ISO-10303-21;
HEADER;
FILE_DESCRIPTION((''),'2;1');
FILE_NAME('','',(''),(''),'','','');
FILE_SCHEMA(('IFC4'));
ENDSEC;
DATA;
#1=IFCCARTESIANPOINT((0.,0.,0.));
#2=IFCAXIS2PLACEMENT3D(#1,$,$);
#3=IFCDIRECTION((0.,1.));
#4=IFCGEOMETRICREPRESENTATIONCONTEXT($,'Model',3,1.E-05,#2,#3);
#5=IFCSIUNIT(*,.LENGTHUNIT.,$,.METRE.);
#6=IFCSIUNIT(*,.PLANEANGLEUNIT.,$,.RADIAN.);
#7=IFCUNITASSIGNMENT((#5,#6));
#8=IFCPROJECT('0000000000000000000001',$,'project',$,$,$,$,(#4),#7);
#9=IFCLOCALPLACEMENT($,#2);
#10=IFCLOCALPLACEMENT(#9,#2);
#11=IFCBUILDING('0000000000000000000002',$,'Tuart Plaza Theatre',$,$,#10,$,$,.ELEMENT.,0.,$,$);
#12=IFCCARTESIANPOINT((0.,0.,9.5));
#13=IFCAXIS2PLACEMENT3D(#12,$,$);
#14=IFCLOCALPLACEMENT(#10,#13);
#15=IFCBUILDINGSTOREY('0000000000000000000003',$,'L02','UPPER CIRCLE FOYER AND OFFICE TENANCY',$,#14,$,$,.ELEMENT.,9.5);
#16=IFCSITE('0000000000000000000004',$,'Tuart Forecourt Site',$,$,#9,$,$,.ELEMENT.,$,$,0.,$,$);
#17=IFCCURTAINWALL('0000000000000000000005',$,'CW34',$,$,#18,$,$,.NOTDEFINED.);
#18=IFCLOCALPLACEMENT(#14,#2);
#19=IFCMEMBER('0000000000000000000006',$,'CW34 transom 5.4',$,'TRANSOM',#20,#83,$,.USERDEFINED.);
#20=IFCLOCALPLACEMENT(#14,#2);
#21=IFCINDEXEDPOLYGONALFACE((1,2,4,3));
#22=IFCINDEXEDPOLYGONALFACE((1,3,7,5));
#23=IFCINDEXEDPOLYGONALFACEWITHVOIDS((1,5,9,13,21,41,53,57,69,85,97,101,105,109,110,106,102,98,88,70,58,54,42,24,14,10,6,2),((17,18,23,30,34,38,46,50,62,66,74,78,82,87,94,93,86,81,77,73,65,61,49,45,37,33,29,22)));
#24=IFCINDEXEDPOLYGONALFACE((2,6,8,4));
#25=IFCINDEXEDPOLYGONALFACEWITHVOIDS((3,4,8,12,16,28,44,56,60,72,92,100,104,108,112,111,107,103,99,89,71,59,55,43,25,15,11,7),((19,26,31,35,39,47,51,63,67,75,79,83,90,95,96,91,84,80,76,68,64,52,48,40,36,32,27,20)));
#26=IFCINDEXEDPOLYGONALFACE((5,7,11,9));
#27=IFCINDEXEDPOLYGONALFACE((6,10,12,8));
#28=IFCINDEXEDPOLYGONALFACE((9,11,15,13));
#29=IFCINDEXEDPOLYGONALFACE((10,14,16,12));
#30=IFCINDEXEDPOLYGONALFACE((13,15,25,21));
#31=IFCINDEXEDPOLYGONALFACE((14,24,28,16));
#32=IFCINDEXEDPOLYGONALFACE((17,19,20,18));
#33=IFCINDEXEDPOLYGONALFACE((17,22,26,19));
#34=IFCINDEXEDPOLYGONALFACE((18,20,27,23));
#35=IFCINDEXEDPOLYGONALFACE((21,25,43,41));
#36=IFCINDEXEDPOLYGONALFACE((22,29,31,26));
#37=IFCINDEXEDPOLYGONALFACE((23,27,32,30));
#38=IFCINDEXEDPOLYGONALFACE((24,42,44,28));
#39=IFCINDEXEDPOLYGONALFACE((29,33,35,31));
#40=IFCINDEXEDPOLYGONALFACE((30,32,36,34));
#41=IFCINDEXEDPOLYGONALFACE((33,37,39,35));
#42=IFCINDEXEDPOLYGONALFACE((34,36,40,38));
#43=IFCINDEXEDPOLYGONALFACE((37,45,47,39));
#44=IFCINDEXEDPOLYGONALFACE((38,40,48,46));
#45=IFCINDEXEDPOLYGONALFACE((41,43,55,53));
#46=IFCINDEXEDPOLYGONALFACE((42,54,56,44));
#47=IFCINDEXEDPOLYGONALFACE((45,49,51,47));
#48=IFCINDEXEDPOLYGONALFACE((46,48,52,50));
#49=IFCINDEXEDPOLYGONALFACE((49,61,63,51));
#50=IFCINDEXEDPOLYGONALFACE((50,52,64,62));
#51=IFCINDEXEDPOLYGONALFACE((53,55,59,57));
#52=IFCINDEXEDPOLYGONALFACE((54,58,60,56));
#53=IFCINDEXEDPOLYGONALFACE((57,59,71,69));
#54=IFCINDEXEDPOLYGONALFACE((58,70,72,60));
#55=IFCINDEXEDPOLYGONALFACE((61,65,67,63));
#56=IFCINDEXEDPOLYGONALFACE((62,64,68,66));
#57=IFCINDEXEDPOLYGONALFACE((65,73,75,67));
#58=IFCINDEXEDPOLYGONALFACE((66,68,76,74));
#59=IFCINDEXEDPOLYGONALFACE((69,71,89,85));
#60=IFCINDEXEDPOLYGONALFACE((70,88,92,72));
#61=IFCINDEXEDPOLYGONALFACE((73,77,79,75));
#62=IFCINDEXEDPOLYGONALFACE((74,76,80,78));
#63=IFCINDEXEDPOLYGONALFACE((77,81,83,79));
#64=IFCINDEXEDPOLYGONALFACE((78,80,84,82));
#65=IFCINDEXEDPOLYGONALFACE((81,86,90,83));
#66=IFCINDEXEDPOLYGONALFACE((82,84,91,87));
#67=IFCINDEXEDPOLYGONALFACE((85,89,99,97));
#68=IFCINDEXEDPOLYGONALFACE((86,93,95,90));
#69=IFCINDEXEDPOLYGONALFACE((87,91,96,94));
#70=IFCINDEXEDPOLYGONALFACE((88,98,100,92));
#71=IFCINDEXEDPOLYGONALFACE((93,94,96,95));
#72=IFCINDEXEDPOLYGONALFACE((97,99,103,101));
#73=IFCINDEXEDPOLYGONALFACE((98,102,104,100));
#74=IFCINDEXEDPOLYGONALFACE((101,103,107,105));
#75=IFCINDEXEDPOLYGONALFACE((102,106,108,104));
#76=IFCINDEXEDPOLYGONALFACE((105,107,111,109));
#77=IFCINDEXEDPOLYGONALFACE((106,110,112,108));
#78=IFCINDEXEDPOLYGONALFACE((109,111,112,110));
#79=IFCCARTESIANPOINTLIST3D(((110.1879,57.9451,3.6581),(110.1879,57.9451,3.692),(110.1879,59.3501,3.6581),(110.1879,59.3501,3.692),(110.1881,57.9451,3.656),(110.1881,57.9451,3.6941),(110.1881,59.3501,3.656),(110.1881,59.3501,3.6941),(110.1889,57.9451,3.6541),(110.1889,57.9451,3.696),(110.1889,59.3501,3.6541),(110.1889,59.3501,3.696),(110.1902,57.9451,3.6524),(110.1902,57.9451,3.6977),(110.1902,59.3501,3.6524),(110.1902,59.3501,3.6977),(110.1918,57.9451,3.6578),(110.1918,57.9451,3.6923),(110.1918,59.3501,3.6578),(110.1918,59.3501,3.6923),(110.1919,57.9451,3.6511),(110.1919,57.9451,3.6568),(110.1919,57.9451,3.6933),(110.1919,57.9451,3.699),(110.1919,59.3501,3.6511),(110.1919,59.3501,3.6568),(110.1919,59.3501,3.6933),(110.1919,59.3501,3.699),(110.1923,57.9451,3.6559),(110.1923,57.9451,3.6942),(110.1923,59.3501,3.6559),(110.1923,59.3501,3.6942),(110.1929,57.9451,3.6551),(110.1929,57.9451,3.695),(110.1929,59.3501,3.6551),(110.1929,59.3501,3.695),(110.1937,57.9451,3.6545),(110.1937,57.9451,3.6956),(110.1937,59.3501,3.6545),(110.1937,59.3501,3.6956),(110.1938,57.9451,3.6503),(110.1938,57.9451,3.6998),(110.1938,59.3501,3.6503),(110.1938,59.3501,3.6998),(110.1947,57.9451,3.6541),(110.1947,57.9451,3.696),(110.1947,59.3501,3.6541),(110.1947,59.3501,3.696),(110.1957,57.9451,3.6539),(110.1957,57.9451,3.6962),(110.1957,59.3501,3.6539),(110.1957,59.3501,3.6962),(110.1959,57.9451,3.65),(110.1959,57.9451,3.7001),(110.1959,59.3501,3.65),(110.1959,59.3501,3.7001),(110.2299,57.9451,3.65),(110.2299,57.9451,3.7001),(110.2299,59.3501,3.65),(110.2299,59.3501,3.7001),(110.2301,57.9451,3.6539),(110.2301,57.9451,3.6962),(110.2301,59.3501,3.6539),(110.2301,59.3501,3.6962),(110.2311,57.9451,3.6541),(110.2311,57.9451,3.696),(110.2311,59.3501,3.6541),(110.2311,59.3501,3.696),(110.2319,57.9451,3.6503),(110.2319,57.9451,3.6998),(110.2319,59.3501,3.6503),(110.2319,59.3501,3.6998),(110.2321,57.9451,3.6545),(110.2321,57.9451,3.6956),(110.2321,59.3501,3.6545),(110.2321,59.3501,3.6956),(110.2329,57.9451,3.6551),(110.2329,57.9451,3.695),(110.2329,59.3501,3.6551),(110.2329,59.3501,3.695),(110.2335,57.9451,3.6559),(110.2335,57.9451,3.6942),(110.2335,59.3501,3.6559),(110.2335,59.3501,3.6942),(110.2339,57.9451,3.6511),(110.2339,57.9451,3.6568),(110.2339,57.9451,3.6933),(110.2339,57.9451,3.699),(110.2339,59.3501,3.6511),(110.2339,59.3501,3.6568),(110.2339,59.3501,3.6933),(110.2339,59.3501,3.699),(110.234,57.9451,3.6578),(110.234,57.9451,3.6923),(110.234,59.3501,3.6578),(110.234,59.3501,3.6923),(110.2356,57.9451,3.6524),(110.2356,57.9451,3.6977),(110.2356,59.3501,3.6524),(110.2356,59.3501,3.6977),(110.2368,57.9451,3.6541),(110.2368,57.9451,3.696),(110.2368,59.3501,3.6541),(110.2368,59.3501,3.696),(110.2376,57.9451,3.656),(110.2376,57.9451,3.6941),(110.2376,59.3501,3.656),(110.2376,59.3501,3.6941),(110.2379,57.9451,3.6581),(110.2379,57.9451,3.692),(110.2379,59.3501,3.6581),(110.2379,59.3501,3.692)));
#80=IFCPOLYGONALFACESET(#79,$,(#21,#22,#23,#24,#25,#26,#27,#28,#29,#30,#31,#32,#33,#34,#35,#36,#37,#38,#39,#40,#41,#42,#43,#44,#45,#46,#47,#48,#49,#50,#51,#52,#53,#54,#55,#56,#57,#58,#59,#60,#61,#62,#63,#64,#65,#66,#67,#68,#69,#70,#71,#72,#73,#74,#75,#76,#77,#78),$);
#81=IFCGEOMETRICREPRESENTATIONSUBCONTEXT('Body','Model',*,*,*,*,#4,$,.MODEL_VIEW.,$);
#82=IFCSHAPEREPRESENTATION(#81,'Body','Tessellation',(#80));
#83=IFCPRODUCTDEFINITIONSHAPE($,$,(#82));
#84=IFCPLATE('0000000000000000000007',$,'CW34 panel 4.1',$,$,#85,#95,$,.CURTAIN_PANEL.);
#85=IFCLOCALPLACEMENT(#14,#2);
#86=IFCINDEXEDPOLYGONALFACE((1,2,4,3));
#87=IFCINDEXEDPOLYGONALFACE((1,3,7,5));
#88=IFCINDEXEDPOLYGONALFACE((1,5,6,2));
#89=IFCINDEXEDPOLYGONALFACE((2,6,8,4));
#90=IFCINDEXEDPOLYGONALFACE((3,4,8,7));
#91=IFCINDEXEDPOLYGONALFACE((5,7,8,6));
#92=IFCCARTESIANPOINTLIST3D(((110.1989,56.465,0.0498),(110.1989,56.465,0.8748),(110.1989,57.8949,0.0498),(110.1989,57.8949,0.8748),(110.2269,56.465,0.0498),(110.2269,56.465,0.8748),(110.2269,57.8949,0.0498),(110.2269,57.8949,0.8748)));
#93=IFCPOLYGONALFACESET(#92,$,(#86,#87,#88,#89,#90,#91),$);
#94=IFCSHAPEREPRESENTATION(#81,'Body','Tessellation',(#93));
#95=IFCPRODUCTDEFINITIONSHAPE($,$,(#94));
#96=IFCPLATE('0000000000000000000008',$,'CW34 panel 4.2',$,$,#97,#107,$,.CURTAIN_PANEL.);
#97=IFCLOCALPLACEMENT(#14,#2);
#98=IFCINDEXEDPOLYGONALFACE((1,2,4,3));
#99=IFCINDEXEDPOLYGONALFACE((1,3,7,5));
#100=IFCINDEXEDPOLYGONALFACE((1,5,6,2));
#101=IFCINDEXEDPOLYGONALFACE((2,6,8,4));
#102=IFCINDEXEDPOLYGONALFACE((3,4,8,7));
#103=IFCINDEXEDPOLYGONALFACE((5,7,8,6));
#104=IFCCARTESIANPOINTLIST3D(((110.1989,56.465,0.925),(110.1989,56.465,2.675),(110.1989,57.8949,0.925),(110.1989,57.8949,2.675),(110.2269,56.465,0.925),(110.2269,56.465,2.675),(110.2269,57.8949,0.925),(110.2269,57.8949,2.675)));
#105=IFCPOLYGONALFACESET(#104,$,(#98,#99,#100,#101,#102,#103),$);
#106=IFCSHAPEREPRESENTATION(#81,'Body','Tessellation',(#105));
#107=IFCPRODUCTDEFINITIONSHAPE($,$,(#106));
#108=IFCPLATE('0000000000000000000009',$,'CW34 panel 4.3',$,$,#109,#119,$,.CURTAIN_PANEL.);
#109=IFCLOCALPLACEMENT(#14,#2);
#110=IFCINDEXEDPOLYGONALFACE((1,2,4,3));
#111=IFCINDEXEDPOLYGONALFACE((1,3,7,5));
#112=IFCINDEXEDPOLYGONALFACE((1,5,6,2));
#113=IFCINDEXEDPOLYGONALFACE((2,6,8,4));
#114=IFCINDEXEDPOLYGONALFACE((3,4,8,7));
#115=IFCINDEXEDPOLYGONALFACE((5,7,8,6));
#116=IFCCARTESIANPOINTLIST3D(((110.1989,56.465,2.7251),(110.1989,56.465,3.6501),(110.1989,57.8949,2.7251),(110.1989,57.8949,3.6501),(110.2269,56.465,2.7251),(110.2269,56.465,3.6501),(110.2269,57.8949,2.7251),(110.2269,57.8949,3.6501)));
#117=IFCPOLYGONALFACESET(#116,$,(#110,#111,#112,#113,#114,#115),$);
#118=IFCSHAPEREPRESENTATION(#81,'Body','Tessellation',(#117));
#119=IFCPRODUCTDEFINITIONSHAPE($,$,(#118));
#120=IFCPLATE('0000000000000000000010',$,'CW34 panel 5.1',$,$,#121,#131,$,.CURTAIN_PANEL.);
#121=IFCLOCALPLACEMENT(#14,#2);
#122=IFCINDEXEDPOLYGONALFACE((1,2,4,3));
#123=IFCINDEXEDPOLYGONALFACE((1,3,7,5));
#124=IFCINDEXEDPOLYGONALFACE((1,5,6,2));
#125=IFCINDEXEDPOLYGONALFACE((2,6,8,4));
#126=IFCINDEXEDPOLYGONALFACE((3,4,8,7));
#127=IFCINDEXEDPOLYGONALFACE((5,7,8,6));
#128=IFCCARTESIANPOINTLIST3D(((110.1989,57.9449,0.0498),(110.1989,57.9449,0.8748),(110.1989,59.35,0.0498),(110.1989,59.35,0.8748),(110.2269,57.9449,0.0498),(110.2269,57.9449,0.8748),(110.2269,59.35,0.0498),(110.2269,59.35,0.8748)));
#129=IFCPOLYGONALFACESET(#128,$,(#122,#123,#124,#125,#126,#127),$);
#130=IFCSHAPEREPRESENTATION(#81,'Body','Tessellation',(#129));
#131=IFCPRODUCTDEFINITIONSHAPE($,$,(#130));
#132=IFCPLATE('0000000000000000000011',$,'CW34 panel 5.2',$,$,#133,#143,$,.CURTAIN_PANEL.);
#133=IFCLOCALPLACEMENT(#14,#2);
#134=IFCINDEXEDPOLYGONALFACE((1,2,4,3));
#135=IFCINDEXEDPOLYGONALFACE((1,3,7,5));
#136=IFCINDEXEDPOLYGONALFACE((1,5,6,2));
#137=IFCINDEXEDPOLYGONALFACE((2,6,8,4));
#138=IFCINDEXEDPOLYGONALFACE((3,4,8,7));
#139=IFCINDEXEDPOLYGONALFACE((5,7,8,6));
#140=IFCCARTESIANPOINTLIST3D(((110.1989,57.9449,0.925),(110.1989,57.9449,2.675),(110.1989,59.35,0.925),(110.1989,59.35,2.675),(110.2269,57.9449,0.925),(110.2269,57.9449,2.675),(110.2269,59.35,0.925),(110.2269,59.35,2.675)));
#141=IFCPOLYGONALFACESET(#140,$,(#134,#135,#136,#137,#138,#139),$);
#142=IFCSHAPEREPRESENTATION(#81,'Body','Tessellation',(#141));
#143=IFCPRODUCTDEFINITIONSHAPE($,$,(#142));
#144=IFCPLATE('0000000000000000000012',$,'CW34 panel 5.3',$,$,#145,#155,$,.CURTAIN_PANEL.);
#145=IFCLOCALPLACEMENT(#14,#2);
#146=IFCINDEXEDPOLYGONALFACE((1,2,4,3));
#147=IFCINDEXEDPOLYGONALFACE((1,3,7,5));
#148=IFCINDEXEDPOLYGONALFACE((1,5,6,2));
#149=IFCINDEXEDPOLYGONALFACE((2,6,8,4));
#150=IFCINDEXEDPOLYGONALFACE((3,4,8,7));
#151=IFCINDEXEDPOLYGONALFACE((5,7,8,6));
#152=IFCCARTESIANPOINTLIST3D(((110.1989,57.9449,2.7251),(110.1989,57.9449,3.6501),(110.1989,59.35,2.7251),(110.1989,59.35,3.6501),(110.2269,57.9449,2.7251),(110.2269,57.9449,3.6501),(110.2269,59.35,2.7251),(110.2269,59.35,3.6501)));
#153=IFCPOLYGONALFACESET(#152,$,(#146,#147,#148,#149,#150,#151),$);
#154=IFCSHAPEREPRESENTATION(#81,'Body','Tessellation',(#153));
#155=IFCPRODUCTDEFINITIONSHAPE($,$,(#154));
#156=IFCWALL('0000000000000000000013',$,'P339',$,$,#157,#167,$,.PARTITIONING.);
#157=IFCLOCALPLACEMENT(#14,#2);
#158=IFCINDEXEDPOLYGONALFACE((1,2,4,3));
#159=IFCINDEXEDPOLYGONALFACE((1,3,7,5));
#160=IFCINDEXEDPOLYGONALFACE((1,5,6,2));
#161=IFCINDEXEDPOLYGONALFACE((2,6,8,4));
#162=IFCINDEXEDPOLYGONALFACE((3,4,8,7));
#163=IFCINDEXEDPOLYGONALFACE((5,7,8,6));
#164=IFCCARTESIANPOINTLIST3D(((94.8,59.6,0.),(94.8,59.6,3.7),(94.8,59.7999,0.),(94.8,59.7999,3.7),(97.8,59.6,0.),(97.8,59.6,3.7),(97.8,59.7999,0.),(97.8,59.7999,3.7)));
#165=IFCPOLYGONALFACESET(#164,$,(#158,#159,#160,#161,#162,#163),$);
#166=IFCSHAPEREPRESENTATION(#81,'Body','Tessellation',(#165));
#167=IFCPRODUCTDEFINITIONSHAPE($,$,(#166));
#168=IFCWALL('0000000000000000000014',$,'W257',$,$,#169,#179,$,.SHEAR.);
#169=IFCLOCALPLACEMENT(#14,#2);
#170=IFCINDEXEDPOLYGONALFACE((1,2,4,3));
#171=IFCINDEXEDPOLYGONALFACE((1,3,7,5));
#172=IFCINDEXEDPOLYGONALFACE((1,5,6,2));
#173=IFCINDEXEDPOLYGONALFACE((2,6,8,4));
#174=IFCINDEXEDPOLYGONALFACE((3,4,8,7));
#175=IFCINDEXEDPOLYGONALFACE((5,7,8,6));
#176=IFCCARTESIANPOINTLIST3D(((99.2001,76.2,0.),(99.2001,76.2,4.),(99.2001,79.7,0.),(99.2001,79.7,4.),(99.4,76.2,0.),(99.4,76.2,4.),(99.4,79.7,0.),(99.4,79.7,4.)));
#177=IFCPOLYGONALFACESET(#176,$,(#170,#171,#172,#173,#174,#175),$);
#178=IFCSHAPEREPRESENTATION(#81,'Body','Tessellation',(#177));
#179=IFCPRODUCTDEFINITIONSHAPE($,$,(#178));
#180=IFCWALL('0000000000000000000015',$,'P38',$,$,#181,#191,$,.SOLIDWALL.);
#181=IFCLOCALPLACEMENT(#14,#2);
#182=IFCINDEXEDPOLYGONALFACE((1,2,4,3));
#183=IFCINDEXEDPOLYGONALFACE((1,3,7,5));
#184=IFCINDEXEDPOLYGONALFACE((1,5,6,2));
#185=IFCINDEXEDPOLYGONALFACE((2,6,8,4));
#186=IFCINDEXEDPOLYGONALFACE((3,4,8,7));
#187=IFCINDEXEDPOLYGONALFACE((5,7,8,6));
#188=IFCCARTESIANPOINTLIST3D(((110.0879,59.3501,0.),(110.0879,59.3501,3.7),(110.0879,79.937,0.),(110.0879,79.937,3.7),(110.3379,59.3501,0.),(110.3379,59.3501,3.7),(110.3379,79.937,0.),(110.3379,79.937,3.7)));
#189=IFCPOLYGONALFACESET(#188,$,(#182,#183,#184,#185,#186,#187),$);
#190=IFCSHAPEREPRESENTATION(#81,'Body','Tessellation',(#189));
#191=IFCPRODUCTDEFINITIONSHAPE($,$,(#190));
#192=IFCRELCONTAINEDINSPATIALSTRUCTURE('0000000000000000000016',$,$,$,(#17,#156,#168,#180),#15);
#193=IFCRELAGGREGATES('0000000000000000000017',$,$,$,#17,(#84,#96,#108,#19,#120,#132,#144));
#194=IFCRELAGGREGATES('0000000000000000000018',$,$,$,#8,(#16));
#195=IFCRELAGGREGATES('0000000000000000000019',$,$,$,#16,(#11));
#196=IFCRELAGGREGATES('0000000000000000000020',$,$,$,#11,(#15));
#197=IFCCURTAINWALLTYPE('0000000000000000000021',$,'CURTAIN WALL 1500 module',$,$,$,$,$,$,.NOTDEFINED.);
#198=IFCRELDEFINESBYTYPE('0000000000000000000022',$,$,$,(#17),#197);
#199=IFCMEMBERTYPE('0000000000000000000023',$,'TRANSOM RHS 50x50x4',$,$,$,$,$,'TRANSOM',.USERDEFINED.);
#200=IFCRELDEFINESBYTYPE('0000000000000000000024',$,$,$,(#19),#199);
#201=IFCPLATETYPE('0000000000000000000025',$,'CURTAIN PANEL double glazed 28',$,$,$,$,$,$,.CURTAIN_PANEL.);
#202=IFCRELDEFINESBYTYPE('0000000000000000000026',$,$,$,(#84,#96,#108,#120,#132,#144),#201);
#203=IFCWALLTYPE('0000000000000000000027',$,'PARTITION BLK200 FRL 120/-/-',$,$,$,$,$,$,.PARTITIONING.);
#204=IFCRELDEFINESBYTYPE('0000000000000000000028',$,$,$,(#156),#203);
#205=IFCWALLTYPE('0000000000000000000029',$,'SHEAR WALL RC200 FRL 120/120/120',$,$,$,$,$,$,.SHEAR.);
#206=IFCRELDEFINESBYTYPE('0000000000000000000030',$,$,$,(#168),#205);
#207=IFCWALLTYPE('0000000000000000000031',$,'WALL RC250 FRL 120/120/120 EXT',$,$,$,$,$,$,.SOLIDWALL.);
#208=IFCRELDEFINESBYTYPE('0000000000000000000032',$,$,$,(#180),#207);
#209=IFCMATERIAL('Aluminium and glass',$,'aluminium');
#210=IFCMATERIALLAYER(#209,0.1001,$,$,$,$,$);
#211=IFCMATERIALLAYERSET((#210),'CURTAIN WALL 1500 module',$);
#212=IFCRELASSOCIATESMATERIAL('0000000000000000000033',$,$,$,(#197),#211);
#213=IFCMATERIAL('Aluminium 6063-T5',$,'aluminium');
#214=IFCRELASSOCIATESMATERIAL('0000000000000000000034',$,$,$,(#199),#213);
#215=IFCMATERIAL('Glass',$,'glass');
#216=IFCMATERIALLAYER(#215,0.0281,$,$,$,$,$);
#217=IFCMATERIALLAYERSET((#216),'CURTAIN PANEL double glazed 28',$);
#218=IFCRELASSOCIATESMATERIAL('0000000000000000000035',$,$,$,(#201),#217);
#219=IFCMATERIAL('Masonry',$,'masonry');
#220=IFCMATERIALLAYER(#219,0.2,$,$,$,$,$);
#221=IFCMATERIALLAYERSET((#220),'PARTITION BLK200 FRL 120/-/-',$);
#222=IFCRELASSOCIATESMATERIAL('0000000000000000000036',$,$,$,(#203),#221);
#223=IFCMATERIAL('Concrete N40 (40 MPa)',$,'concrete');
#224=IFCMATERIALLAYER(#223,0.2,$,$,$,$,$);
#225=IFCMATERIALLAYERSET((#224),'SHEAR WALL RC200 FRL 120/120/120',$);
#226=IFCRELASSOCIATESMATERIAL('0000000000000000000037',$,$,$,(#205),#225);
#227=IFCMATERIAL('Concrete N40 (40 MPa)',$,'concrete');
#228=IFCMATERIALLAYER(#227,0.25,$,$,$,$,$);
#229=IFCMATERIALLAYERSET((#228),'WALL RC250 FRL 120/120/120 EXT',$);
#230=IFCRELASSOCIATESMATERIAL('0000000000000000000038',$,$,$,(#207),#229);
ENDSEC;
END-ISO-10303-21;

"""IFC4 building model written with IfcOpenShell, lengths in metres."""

from ifc_helpers import new_model, si_unit, direction, frame, frame_2d, origin, origin_2d, place, context, subcontext, project, spatial, rectangle, hollow_rectangle, extrude, material, layer, layer_set, material_profile, profile_set, type_object, element, aggregate, save


model = new_model("IFC4")

# Units and contexts
model_context = context("Model", 3, precision=1e-05, world=origin(), true_north=direction((0.0, 1.0)))
body_context = subcontext(model_context, "Body", "Model", "MODEL_VIEW")
ifc_project = project(units=[si_unit("LENGTHUNIT", "METRE"), si_unit("PLANEANGLEUNIT", "RADIAN")], contexts=[model_context])

# Site, building, storey
site_placement = place(None, origin())
site = spatial("IfcSite", under=ifc_project, at=site_placement, Name="Tuart Forecourt Site", CompositionType="ELEMENT", RefElevation=0.0)
building_placement = place(site_placement, origin())
building = spatial("IfcBuilding", under=site, at=building_placement, Name="Tuart Plaza Theatre", CompositionType="ELEMENT", ElevationOfRefHeight=0.0)
storey_placement = place(building_placement, frame((0.0, 0.0, 9.5)))
storey = spatial("IfcBuildingStorey", under=building, at=storey_placement, Name="L02", Description="UPPER CIRCLE FOYER AND OFFICE TENANCY", CompositionType="ELEMENT", Elevation=9.5)

# Curtain wall, member, plates
ifc_material_1 = material(Name="Aluminium and glass", Category="aluminium")
ifc_layer_1 = layer(ifc_material_1, 0.1001)
ifc_layer_set_1 = layer_set([ifc_layer_1], Name="CURTAIN WALL 1500 module")
curtain_wall_type = type_object("IfcCurtainWallType", Name="CURTAIN WALL 1500 module", PredefinedType="NOTDEFINED", material=ifc_layer_set_1)
curtain_wall_placement = place(storey_placement, origin())
curtain_wall = element("IfcCurtainWall", 1, at=curtain_wall_placement, inside=storey, type_object=curtain_wall_type, Name="CW34", PredefinedType="NOTDEFINED")
ifc_material_2 = material(Name="Aluminium 6063-T5", Category="aluminium")
ifc_material_profile_1 = material_profile(ifc_material_2, hollow_rectangle(XDim=0.05, YDim=0.05, WallThickness=0.0039, InnerFilletRadius=0.0039, OuterFilletRadius=0.0081, at=origin_2d()), Name="RHS 50x50x4")
ifc_profile_set_1 = profile_set([ifc_material_profile_1], Name="Aluminium 6063-T5")
member_type_1 = type_object("IfcMemberType", Name="TRANSOM RHS 50x50x4", ElementType="TRANSOM", PredefinedType="USERDEFINED", material=ifc_profile_set_1)
member_1_placement = place(storey_placement, frame((110.2129, 57.9451, 3.675), z_axis=(0.0, 1.0, 0.0), x_axis=(-1.0, 0.0, 0.0)))
member_1 = element("IfcMember", 2, at=member_1_placement, type_object=member_type_1, Name="CW34 transom 5.4", ObjectType="TRANSOM", PredefinedType="USERDEFINED", context=body_context, shape_type="SweptSolid", body=[
    extrude(hollow_rectangle(XDim=0.05, YDim=0.05, WallThickness=0.0039, InnerFilletRadius=0.0039, OuterFilletRadius=0.0081, at=origin_2d()), origin(), (0.0, 0.0, 1.0), 1.405),
])
ifc_material_3 = material(Name="Glass", Category="glass")
ifc_layer_2 = layer(ifc_material_3, 0.0281)
ifc_layer_set_2 = layer_set([ifc_layer_2], Name="CURTAIN PANEL double glazed 28")
plate_type = type_object("IfcPlateType", Name="CURTAIN PANEL double glazed 28", PredefinedType="CURTAIN_PANEL", material=ifc_layer_set_2)
plate_1_placement = place(storey_placement, frame((110.2129, 57.1799, 0.0498), z_axis=(0.0, 0.0, 1.0), x_axis=(0.0, 1.0, 0.0)))
plate_1 = element("IfcPlate", 3, at=plate_1_placement, type_object=plate_type, Name="CW34 panel 4.1", PredefinedType="CURTAIN_PANEL", context=body_context, shape_type="SweptSolid", body=[
    extrude(rectangle(XDim=1.4299, YDim=0.0281, at=origin_2d()), origin(), (0.0, 0.0, 1.0), 0.825),
])
plate_2_placement = place(storey_placement, frame((110.2129, 57.1799, 0.925), z_axis=(0.0, 0.0, 1.0), x_axis=(0.0, 1.0, 0.0)))
plate_2 = element("IfcPlate", 4, at=plate_2_placement, type_object=plate_type, Name="CW34 panel 4.2", PredefinedType="CURTAIN_PANEL", context=body_context, shape_type="SweptSolid", body=[
    extrude(rectangle(XDim=1.4299, YDim=0.0281, at=origin_2d()), origin(), (0.0, 0.0, 1.0), 1.75),
])
plate_3_placement = place(storey_placement, frame((110.2129, 57.1799, 2.7251), z_axis=(0.0, 0.0, 1.0), x_axis=(0.0, 1.0, 0.0)))
plate_3 = element("IfcPlate", 5, at=plate_3_placement, type_object=plate_type, Name="CW34 panel 4.3", PredefinedType="CURTAIN_PANEL", context=body_context, shape_type="SweptSolid", body=[
    extrude(rectangle(XDim=1.4299, YDim=0.0281, at=origin_2d()), origin(), (0.0, 0.0, 1.0), 0.925),
])
plate_4_placement = place(storey_placement, frame((110.2129, 58.6475, 0.0498), z_axis=(0.0, 0.0, 1.0), x_axis=(0.0, 1.0, 0.0)))
plate_4 = element("IfcPlate", 6, at=plate_4_placement, type_object=plate_type, Name="CW34 panel 5.1", PredefinedType="CURTAIN_PANEL", context=body_context, shape_type="SweptSolid", body=[
    extrude(rectangle(XDim=1.405, YDim=0.0281, at=origin_2d()), origin(), (0.0, 0.0, 1.0), 0.825),
])
plate_5_placement = place(storey_placement, frame((110.2129, 58.6475, 0.925), z_axis=(0.0, 0.0, 1.0), x_axis=(0.0, 1.0, 0.0)))
plate_5 = element("IfcPlate", 7, at=plate_5_placement, type_object=plate_type, Name="CW34 panel 5.2", PredefinedType="CURTAIN_PANEL", context=body_context, shape_type="SweptSolid", body=[
    extrude(rectangle(XDim=1.405, YDim=0.0281, at=origin_2d()), origin(), (0.0, 0.0, 1.0), 1.75),
])
plate_6_placement = place(storey_placement, frame((110.2129, 58.6475, 2.7251), z_axis=(0.0, 0.0, 1.0), x_axis=(0.0, 1.0, 0.0)))
plate_6 = element("IfcPlate", 8, at=plate_6_placement, type_object=plate_type, Name="CW34 panel 5.3", PredefinedType="CURTAIN_PANEL", context=body_context, shape_type="SweptSolid", body=[
    extrude(rectangle(XDim=1.405, YDim=0.0281, at=origin_2d()), origin(), (0.0, 0.0, 1.0), 0.925),
])
aggregate(curtain_wall, [plate_1, plate_2, plate_3, member_1, plate_4, plate_5, plate_6])

# Walls
ifc_material_4 = material(Name="Masonry", Category="masonry")
ifc_layer_3 = layer(ifc_material_4, 0.2)
ifc_layer_set_3 = layer_set([ifc_layer_3], Name="PARTITION BLK200 FRL 120/-/-")
wall_type_1 = type_object("IfcWallType", Name="PARTITION BLK200 FRL 120/-/-", PredefinedType="PARTITIONING", material=ifc_layer_set_3)
wall_1_placement = place(storey_placement, frame((97.8, 59.7, 0.0), z_axis=(0.0, 0.0, 1.0), x_axis=(-1.0, 0.0, 0.0)))
element("IfcWall", 9, at=wall_1_placement, inside=storey, type_object=wall_type_1, Name="P339", PredefinedType="PARTITIONING", context=body_context, shape_type="SweptSolid", body=[
    extrude(rectangle(XDim=3.0, YDim=0.2, at=frame_2d((1.5, 0.0))), origin(), (0.0, 0.0, 1.0), 3.7),
])
ifc_material_5 = material(Name="Concrete N40 (40 MPa)", Category="concrete")
ifc_layer_4 = layer(ifc_material_5, 0.2)
ifc_layer_set_4 = layer_set([ifc_layer_4], Name="SHEAR WALL RC200 FRL 120/120/120")
wall_type_2 = type_object("IfcWallType", Name="SHEAR WALL RC200 FRL 120/120/120", PredefinedType="SHEAR", material=ifc_layer_set_4)
wall_2_placement = place(storey_placement, frame((99.3, 76.2, 0.0), z_axis=(0.0, 0.0, 1.0), x_axis=(0.0, 1.0, 0.0)))
element("IfcWall", 10, at=wall_2_placement, inside=storey, type_object=wall_type_2, Name="W257", PredefinedType="SHEAR", context=body_context, shape_type="SweptSolid", body=[
    extrude(rectangle(XDim=3.5, YDim=0.2, at=frame_2d((1.75, 0.0))), origin(), (0.0, 0.0, 1.0), 4.0),
])
ifc_material_6 = material(Name="Concrete N40 (40 MPa)", Category="concrete")
ifc_layer_5 = layer(ifc_material_6, 0.25)
ifc_layer_set_5 = layer_set([ifc_layer_5], Name="WALL RC250 FRL 120/120/120 EXT")
wall_type_3 = type_object("IfcWallType", Name="WALL RC250 FRL 120/120/120 EXT", PredefinedType="SOLIDWALL", material=ifc_layer_set_5)
wall_3_placement = place(storey_placement, frame((110.2129, 59.3501, 0.0), z_axis=(0.0, 0.0, 1.0), x_axis=(0.0, 1.0, 0.0)))
element("IfcWall", 11, at=wall_3_placement, inside=storey, type_object=wall_type_3, Name="P38", PredefinedType="SOLIDWALL", context=body_context, shape_type="SweptSolid", body=[
    extrude(rectangle(XDim=20.5869, YDim=0.25, at=frame_2d((10.2935, 0.0))), origin(), (0.0, 0.0, 1.0), 3.7),
])

save(model, "model.ifc")
